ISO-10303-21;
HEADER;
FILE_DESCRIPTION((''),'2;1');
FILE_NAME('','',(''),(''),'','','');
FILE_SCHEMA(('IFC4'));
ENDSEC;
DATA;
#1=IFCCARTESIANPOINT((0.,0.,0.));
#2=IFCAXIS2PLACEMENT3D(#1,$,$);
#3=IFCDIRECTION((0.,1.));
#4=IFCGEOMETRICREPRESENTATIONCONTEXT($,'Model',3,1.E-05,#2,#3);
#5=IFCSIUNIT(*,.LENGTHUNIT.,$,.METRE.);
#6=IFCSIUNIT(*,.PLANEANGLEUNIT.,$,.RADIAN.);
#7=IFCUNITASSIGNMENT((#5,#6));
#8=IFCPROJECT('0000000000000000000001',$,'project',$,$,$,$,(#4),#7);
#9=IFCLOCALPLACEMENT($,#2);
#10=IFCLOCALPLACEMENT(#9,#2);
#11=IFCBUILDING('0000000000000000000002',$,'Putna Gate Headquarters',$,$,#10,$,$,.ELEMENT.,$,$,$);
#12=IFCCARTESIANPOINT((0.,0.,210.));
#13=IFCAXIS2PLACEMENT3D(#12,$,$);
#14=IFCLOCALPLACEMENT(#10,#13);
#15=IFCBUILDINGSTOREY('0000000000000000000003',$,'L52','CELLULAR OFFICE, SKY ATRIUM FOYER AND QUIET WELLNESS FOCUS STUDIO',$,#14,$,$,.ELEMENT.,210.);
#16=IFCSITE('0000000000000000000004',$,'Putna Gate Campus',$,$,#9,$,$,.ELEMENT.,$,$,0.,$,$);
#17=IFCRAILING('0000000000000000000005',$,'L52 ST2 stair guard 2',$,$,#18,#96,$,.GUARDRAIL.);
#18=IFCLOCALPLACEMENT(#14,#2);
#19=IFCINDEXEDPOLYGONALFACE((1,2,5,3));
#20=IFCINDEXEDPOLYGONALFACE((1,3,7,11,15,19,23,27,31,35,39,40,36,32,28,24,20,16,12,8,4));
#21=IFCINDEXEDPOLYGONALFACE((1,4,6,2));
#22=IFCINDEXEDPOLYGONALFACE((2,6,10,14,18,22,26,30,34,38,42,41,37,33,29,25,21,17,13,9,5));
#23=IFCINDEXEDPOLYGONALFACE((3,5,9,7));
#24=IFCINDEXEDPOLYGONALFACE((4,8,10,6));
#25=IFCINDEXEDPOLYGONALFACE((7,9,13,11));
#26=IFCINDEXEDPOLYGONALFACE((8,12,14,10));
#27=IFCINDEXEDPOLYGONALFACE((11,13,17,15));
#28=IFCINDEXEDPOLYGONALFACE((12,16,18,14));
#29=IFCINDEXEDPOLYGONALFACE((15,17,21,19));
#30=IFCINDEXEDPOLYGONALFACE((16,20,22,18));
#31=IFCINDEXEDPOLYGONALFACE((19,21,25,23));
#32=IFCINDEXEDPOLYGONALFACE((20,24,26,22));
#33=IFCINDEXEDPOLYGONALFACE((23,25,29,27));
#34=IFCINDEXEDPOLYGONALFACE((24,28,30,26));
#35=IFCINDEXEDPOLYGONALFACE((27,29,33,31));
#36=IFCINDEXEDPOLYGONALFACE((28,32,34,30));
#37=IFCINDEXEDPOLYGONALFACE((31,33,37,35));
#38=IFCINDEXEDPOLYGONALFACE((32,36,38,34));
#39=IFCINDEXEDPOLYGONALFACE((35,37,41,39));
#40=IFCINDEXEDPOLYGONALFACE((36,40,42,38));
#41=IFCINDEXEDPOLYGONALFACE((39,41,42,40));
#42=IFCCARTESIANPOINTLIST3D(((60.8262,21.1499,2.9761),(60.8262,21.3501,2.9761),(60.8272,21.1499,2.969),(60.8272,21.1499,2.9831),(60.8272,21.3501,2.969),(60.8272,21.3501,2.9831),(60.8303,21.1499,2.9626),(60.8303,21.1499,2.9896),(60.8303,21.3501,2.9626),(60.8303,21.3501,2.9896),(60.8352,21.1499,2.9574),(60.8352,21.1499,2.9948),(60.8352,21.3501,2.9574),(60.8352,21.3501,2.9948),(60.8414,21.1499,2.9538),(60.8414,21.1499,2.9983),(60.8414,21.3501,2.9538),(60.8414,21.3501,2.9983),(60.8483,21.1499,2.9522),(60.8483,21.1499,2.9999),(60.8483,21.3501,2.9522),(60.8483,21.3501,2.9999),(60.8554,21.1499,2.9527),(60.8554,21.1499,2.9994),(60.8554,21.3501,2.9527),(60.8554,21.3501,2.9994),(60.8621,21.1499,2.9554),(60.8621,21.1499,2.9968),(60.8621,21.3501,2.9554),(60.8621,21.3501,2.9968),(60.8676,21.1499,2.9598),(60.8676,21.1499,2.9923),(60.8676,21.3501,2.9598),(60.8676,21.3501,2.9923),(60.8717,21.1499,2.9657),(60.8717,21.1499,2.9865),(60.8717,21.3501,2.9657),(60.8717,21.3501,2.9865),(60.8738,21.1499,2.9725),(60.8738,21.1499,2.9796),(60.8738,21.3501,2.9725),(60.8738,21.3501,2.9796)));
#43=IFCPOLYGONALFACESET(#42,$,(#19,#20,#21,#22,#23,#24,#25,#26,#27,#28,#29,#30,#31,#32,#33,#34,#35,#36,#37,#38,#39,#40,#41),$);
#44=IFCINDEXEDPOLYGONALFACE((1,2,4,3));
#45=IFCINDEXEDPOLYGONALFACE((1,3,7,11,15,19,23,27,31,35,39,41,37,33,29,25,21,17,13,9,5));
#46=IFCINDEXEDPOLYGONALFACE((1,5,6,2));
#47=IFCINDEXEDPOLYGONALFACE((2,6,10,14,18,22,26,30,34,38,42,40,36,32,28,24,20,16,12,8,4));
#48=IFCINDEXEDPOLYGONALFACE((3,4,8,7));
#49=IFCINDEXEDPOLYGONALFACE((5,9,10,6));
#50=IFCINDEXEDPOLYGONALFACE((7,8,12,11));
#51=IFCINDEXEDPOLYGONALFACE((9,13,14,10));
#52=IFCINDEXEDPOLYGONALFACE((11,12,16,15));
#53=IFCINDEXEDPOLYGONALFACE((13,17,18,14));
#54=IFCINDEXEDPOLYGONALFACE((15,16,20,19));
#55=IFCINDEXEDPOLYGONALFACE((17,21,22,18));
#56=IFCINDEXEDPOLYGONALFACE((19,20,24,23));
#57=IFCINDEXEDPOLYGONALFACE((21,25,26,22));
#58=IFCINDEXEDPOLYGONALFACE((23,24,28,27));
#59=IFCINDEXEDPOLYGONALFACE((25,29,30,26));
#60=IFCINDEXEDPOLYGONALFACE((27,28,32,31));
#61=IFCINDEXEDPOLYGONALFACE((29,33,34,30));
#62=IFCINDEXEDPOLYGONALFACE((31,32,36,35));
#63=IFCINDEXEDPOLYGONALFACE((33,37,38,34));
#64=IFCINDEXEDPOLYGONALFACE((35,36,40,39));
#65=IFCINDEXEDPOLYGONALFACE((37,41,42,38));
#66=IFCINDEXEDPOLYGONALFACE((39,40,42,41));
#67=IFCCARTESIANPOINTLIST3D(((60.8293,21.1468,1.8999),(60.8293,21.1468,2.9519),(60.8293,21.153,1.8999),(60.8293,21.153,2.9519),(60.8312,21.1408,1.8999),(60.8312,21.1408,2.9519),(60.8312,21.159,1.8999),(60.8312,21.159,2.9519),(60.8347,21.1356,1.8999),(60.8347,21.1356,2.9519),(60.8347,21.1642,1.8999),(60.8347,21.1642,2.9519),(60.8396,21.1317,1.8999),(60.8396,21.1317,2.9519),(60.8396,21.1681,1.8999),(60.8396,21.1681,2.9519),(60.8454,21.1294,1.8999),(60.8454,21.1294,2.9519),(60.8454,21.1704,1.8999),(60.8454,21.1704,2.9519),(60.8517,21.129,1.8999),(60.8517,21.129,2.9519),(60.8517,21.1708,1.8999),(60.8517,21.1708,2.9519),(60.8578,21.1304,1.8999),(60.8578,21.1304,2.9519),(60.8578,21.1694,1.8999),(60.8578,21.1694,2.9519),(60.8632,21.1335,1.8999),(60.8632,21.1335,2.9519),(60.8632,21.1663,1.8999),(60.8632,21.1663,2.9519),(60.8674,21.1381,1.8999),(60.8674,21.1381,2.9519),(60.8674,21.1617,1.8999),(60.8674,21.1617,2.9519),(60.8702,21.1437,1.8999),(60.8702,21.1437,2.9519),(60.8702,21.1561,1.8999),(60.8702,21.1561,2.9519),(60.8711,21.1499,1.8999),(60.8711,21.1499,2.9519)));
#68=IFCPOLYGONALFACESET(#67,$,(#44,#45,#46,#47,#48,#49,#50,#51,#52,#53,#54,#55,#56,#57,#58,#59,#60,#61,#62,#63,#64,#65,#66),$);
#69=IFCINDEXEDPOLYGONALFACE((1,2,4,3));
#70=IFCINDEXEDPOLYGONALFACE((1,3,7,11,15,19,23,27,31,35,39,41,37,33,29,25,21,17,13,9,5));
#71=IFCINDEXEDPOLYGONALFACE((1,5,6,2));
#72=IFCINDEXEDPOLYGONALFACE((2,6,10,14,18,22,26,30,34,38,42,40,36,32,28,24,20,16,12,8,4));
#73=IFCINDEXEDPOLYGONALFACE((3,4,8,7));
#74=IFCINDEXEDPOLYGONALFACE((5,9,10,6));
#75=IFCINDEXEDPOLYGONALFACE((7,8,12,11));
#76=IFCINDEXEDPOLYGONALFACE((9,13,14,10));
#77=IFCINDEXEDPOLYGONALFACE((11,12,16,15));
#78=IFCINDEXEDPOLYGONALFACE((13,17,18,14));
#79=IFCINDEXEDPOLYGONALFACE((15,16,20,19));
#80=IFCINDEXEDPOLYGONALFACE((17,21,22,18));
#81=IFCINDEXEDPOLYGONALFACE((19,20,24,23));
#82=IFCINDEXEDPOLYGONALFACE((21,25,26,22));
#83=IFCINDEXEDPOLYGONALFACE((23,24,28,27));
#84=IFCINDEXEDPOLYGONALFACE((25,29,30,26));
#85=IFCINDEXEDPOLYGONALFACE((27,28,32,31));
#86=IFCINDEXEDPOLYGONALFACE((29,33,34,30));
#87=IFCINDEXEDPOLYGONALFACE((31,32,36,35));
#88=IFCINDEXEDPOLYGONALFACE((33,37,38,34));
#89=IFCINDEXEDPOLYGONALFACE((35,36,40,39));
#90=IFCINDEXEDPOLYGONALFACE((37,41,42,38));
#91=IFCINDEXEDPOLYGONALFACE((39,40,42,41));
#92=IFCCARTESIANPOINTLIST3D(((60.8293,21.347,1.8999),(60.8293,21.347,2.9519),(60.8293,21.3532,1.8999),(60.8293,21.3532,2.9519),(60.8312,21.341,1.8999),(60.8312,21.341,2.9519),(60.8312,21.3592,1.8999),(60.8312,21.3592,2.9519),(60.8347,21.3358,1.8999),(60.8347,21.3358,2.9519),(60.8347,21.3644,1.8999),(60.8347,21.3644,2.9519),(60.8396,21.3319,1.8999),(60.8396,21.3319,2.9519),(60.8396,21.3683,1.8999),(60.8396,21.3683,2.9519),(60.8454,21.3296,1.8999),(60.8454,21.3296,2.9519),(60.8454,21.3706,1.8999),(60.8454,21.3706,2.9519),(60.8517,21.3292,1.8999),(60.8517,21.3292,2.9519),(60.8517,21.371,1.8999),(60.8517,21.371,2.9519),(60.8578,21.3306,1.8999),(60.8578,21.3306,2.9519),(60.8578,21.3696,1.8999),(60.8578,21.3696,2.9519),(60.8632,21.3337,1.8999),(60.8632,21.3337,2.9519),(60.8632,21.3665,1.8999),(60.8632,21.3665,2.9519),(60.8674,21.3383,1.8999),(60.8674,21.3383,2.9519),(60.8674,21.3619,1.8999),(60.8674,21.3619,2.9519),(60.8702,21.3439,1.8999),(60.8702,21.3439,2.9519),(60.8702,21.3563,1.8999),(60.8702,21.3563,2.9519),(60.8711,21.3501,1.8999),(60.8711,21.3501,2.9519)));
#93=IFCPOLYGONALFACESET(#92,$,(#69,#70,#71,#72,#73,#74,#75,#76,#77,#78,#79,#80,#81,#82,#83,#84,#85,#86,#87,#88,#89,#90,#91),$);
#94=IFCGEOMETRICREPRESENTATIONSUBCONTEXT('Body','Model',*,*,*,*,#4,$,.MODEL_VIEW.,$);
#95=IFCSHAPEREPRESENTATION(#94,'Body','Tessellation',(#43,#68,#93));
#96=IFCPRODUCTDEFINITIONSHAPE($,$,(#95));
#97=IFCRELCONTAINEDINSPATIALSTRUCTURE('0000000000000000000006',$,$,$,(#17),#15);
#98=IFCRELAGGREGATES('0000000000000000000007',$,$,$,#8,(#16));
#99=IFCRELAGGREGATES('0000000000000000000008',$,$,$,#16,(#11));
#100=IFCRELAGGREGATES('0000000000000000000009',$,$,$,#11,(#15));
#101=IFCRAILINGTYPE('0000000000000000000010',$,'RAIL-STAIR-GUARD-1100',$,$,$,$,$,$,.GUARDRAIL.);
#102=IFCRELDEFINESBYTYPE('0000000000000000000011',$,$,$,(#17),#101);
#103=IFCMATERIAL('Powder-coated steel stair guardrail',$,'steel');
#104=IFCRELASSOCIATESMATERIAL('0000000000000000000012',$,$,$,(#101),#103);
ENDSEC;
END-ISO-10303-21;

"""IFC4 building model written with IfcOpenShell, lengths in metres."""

from ifc_helpers import new_model, si_unit, direction, frame, origin, origin_2d, place, context, subcontext, project, spatial, circle, extrude, material, type_object, element, save


model = new_model("IFC4")

# Units and contexts
model_context = context("Model", 3, precision=1e-05, world=origin(), true_north=direction((0.0, 1.0)))
body_context = subcontext(model_context, "Body", "Model", "MODEL_VIEW")
ifc_project = project(units=[si_unit("LENGTHUNIT", "METRE"), si_unit("PLANEANGLEUNIT", "RADIAN")], contexts=[model_context])

# Site, building, storey
site_placement = place(None, origin())
site = spatial("IfcSite", under=ifc_project, at=site_placement, Name="Putna Gate Campus", CompositionType="ELEMENT", RefElevation=0.0)
building_placement = place(site_placement, origin())
building = spatial("IfcBuilding", under=site, at=building_placement, Name="Putna Gate Headquarters", CompositionType="ELEMENT")
storey_placement = place(building_placement, frame((0.0, 0.0, 210.0)))
storey = spatial("IfcBuildingStorey", under=building, at=storey_placement, Name="L52", Description="CELLULAR OFFICE, SKY ATRIUM FOYER AND QUIET WELLNESS FOCUS STUDIO", CompositionType="ELEMENT", Elevation=210.0)

# Railing
ifc_material_1 = material(Name="Powder-coated steel stair guardrail", Category="steel")
railing_type_1 = type_object("IfcRailingType", Name="RAIL-STAIR-GUARD-1100", PredefinedType="GUARDRAIL", material=ifc_material_1)
railing_1_placement = place(storey_placement, frame((60.8501, 21.1499, 1.8999)))
element("IfcRailing", 1, at=railing_1_placement, inside=storey, type_object=railing_type_1, Name="L52 ST2 stair guard 2", PredefinedType="GUARDRAIL", context=body_context, shape_type="SweptSolid", body=[
    extrude(circle(Radius=0.0239, at=origin_2d()), frame((0.0, 0.0, 1.0762), z_axis=(0.0, 1.0, 0.0), x_axis=(-1.0, 0.0, 0.0)), (0.0, 0.0, 1.0), 0.2002),
    extrude(circle(Radius=0.021, at=origin_2d()), origin(), (0.0, 0.0, 1.0), 1.052),
    extrude(circle(Radius=0.021, at=origin_2d()), frame((0.0, 0.2002, 0.0)), (0.0, 0.0, 1.0), 1.052),
])

save(model, "model.ifc")
